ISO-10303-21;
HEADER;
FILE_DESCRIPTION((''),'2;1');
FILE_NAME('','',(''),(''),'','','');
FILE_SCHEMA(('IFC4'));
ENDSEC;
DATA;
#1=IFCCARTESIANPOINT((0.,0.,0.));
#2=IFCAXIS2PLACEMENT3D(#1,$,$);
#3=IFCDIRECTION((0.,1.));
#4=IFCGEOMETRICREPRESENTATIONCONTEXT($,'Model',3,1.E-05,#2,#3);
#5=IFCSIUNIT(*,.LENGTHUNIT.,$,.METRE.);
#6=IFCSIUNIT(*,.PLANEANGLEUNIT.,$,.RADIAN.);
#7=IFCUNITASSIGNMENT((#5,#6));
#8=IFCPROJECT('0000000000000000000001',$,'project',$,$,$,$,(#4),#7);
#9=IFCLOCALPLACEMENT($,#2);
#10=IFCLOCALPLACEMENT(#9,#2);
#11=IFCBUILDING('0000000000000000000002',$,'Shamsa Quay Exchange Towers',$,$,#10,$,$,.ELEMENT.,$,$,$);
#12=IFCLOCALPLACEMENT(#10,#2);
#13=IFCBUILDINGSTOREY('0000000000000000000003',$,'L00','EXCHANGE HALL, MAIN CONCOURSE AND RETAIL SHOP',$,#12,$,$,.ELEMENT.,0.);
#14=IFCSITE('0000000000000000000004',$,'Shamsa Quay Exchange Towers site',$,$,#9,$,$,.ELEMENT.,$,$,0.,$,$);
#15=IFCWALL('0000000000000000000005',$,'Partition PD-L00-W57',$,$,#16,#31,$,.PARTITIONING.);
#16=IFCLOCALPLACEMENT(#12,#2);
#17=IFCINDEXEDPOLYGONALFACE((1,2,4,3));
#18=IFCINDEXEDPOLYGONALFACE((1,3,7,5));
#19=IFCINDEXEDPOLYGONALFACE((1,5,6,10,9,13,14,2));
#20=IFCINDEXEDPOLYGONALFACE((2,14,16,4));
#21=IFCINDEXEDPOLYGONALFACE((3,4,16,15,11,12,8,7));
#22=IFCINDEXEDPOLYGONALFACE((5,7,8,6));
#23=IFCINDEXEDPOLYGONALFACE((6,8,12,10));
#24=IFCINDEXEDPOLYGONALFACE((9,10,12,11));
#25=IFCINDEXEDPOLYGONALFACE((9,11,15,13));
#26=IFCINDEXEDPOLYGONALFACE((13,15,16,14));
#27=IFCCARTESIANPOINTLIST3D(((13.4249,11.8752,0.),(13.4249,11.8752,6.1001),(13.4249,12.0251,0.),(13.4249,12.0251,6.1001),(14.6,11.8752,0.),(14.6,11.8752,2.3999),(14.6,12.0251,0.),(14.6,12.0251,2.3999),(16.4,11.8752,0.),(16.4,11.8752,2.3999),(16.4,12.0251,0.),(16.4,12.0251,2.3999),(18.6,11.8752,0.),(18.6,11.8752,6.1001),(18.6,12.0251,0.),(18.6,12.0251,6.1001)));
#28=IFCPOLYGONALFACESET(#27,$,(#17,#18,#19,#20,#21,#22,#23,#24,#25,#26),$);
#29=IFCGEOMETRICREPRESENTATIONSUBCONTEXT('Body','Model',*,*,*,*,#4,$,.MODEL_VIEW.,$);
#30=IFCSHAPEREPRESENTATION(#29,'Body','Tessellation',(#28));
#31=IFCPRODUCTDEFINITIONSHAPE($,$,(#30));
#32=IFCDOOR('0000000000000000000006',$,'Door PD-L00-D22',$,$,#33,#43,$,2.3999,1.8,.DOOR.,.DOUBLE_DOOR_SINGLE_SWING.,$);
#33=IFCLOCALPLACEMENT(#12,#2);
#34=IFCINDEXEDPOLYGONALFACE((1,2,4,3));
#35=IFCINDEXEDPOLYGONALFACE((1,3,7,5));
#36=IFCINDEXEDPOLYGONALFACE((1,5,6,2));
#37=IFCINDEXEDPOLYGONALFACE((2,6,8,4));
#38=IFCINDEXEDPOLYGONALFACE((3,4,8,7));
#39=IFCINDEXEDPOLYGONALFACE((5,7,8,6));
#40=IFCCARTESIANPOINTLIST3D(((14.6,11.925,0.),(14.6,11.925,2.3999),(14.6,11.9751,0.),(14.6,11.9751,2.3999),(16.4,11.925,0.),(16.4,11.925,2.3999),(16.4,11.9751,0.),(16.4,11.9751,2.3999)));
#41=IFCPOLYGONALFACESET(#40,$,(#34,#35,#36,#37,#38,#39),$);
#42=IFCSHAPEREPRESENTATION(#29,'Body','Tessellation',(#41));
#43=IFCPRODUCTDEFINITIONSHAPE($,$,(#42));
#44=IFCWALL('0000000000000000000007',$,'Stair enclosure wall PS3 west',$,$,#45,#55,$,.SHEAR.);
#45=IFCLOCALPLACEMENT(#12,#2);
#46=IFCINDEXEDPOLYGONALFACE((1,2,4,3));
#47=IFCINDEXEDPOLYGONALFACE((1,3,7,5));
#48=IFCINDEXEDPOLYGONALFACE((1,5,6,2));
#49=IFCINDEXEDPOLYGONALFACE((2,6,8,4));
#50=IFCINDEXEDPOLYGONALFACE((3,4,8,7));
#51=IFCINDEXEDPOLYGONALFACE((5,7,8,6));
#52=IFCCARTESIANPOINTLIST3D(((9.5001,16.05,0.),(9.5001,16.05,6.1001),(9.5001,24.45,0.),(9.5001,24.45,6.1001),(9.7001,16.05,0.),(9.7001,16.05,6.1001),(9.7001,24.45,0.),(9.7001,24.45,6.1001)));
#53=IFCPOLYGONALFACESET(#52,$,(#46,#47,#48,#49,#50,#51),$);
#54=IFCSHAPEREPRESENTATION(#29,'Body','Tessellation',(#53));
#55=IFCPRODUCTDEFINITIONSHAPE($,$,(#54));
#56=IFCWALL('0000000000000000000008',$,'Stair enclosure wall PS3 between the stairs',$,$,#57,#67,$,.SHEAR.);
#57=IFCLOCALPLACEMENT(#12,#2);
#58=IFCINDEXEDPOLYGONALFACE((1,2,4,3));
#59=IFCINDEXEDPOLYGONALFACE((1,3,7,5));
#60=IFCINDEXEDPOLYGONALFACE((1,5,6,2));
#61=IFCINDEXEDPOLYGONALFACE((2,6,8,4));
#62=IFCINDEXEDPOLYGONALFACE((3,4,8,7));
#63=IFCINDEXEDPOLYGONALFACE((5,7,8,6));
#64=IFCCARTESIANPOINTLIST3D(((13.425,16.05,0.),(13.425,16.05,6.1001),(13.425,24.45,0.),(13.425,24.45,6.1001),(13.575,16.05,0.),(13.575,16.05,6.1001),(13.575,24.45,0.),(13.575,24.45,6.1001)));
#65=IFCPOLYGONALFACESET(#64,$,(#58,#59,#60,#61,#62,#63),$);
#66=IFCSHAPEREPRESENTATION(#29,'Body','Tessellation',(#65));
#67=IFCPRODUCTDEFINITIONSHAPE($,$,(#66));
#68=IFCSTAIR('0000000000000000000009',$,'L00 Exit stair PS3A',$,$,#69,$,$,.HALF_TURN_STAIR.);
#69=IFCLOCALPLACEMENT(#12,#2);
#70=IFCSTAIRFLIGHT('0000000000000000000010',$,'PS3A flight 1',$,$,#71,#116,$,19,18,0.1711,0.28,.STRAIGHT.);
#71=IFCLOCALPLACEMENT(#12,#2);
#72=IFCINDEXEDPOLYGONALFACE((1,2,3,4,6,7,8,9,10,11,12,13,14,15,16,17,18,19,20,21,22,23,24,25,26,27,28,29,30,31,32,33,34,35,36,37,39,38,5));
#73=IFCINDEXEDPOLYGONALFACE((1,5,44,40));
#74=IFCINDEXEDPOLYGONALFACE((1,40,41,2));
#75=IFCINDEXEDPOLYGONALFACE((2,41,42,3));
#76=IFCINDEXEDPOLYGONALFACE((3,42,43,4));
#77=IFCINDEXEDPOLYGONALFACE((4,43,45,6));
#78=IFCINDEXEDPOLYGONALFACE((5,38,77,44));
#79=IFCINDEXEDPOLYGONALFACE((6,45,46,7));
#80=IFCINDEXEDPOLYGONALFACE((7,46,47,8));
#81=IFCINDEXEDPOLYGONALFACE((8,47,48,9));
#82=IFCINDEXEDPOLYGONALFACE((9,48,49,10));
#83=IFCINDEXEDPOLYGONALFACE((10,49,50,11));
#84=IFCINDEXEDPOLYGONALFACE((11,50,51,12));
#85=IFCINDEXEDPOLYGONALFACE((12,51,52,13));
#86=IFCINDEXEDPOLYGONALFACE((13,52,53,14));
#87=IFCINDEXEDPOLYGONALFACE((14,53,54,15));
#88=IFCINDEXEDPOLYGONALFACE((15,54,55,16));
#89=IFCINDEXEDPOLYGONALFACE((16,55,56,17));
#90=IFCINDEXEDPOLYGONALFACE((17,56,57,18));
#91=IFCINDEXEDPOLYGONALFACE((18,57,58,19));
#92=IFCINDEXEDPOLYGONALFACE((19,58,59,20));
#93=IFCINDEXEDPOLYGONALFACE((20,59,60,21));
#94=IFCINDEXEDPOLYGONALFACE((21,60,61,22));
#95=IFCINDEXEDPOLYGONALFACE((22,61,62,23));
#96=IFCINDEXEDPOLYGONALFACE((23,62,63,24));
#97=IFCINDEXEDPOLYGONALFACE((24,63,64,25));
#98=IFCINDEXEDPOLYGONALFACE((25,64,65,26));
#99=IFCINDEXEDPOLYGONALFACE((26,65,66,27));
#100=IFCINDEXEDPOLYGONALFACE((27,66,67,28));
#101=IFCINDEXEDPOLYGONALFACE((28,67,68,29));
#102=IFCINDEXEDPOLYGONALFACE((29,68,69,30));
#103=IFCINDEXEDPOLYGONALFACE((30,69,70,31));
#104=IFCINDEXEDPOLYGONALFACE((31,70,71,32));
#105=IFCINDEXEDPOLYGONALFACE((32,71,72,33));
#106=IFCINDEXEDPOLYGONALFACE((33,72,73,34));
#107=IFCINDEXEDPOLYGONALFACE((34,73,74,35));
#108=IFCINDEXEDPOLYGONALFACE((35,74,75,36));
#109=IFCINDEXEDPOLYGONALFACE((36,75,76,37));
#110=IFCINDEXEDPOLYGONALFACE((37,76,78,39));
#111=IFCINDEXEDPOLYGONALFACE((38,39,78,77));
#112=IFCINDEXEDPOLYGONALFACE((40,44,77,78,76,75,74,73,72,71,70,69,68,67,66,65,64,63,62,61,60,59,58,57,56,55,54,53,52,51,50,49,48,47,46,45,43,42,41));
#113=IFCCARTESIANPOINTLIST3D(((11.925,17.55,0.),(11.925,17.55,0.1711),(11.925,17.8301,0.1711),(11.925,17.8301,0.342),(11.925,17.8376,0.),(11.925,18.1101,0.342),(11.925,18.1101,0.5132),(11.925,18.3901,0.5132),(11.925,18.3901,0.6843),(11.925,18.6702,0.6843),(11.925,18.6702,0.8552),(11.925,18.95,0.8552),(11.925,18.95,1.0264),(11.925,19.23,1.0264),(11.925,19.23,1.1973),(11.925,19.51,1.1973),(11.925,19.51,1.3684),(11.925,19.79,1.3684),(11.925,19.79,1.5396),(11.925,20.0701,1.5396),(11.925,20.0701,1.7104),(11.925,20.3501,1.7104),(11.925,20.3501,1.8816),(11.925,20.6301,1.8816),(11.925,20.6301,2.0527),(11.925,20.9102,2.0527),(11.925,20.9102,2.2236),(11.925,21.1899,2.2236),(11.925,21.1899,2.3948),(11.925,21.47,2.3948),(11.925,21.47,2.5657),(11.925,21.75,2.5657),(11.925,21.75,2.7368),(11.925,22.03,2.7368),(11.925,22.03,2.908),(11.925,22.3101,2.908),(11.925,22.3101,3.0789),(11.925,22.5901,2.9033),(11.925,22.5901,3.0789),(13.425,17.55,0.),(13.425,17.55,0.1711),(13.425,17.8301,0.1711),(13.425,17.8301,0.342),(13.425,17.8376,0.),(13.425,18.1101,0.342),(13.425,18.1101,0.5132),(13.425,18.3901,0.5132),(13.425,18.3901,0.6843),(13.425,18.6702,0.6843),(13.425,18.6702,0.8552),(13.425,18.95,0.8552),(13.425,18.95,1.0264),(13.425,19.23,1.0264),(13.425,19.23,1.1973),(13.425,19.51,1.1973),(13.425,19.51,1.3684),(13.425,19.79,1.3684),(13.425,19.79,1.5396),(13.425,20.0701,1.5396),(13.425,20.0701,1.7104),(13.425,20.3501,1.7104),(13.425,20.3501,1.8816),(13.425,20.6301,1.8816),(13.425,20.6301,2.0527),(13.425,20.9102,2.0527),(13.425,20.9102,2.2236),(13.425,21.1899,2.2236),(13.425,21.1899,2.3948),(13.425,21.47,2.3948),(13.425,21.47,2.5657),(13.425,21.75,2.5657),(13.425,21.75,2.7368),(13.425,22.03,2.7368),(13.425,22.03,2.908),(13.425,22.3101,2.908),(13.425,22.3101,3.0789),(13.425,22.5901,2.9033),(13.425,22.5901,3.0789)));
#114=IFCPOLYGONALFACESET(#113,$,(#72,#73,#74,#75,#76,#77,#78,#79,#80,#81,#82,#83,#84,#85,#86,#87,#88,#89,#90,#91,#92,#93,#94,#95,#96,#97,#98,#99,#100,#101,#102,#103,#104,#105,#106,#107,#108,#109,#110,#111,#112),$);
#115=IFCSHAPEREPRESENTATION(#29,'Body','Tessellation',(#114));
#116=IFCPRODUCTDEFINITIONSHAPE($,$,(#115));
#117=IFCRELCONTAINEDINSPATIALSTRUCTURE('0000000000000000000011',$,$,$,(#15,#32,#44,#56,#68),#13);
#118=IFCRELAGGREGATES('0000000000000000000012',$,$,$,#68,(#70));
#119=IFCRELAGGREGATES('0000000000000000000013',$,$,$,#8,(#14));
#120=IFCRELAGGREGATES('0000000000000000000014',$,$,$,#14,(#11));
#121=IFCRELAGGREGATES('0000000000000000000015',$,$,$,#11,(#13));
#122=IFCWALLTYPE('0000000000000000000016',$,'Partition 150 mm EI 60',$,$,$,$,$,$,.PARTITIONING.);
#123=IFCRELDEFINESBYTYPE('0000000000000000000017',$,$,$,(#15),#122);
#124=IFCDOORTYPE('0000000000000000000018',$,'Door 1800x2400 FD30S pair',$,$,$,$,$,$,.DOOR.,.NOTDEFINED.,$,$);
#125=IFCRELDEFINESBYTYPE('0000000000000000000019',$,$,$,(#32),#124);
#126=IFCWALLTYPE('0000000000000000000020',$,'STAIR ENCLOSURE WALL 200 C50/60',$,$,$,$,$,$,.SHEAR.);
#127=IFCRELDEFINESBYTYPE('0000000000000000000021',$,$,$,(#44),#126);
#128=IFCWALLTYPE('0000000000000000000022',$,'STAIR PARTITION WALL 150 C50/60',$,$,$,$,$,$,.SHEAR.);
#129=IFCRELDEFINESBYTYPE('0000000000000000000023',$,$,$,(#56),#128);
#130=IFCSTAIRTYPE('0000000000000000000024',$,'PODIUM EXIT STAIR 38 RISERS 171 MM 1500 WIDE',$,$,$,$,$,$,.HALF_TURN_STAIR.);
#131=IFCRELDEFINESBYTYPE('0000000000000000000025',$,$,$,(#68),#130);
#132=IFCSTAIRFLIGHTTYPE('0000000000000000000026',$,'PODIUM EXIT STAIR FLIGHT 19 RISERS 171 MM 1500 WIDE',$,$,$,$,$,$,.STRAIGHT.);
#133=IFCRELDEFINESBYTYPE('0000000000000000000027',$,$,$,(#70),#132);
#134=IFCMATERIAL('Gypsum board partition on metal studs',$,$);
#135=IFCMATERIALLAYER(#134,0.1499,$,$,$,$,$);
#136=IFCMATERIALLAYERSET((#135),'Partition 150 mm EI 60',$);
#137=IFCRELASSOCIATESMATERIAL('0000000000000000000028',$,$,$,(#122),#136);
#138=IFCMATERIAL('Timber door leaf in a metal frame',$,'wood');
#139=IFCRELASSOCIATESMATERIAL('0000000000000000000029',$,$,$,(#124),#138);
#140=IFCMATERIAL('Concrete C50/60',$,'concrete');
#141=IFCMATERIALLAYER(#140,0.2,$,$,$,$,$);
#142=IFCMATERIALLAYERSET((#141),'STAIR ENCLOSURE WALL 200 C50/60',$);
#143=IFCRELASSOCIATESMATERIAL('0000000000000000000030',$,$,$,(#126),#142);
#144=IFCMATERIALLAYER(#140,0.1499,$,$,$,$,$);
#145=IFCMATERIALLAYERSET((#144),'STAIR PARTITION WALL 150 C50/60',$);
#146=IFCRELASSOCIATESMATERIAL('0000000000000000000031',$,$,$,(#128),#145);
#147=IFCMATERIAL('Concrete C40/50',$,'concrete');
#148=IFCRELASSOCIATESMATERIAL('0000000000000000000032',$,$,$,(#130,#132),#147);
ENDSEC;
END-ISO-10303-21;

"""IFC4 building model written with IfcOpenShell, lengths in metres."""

from ifc_helpers import new_model, si_unit, direction, frame, frame_2d, origin, place, context, subcontext, project, spatial, polyline, rectangle, outline, extrude, material, layer, layer_set, type_object, element, fill, aggregate, save


model = new_model("IFC4")

# Units and contexts
model_context = context("Model", 3, precision=1e-05, world=origin(), true_north=direction((0.0, 1.0)))
body_context = subcontext(model_context, "Body", "Model", "MODEL_VIEW")
ifc_project = project(units=[si_unit("LENGTHUNIT", "METRE"), si_unit("PLANEANGLEUNIT", "RADIAN")], contexts=[model_context])

# Site, building, storey
site_placement = place(None, origin())
site = spatial("IfcSite", under=ifc_project, at=site_placement, Name="Shamsa Quay Exchange Towers site", CompositionType="ELEMENT", RefElevation=0.0)
building_placement = place(site_placement, origin())
building = spatial("IfcBuilding", under=site, at=building_placement, Name="Shamsa Quay Exchange Towers", CompositionType="ELEMENT")
storey_placement = place(building_placement, origin())
storey = spatial("IfcBuildingStorey", under=building, at=storey_placement, Name="L00", Description="EXCHANGE HALL, MAIN CONCOURSE AND RETAIL SHOP", CompositionType="ELEMENT", Elevation=0.0)

# Shared definitions
ifc_material_1 = material(Name="Concrete C40/50", Category="concrete")

# Wall, opening, door
ifc_material_2 = material(Name="Gypsum board partition on metal studs")
ifc_layer_1 = layer(ifc_material_2, 0.1499)
ifc_layer_set_1 = layer_set([ifc_layer_1], Name="Partition 150 mm EI 60")
wall_type_1 = type_object("IfcWallType", Name="Partition 150 mm EI 60", PredefinedType="PARTITIONING", material=ifc_layer_set_1)
wall_1_placement = place(storey_placement, frame((13.425, 11.9502, 0.0)))
wall_1 = element("IfcWall", 1, at=wall_1_placement, inside=storey, type_object=wall_type_1, Name="Partition PD-L00-W57", PredefinedType="PARTITIONING", context=body_context, shape_type="SweptSolid", body=[
    extrude(rectangle(XDim=5.175, YDim=0.1499, at=frame_2d((2.5874, 0.0))), origin(), (0.0, 0.0, 1.0), 6.1001),
])
opening_1_placement = place(wall_1_placement, frame((1.175, 0.0, 0.0)))
opening_1 = element("IfcOpeningElement", 2, at=opening_1_placement, cuts=wall_1, PredefinedType="OPENING", context=body_context, shape_type="SweptSolid", body=[
    extrude(rectangle(XDim=1.8, YDim=2.3999, at=frame_2d((0.8999, 1.2))), frame((0.0, 0.085, 0.0), z_axis=(0.0, -1.0, 0.0), x_axis=(1.0, 0.0, 0.0)), (0.0, 0.0, 1.0), 0.1699),
])
ifc_material_3 = material(Name="Timber door leaf in a metal frame", Category="wood")
door_type_1 = type_object("IfcDoorType", Name="Door 1800x2400 FD30S pair", OperationType="NOTDEFINED", PredefinedType="DOOR", material=ifc_material_3)
door_1_placement = place(opening_1_placement, origin())
door_1 = element("IfcDoor", 3, at=door_1_placement, inside=storey, type_object=door_type_1, Name="Door PD-L00-D22", OperationType="DOUBLE_DOOR_SINGLE_SWING", OverallHeight=2.3999, OverallWidth=1.8, PredefinedType="DOOR", context=body_context, shape_type="SweptSolid", body=[
    extrude(rectangle(XDim=1.8, YDim=2.3999, at=frame_2d((0.8999, 1.2))), frame((0.0, 0.0249, 0.0), z_axis=(0.0, -1.0, 0.0), x_axis=(1.0, 0.0, 0.0)), (0.0, 0.0, 1.0), 0.05),
])
fill(opening_1, door_1)

# Shared definitions
ifc_material_4 = material(Name="Concrete C50/60", Category="concrete")
ifc_layer_2 = layer(ifc_material_4, 0.2)
ifc_layer_set_2 = layer_set([ifc_layer_2], Name="STAIR ENCLOSURE WALL 200 C50/60")
wall_type_2 = type_object("IfcWallType", Name="STAIR ENCLOSURE WALL 200 C50/60", PredefinedType="SHEAR", material=ifc_layer_set_2)

# Walls
wall_2_placement = place(storey_placement, frame((9.6001, 16.05, 0.0), z_axis=(0.0, 0.0, 1.0), x_axis=(0.0, 1.0, 0.0)))
element("IfcWall", 4, at=wall_2_placement, inside=storey, type_object=wall_type_2, Name="Stair enclosure wall PS3 west", PredefinedType="SHEAR", context=body_context, shape_type="SweptSolid", body=[
    extrude(rectangle(XDim=8.3999, YDim=0.2, at=frame_2d((4.2, 0.0))), origin(), (0.0, 0.0, 1.0), 6.1001),
])
ifc_layer_3 = layer(ifc_material_4, 0.1499)
ifc_layer_set_3 = layer_set([ifc_layer_3], Name="STAIR PARTITION WALL 150 C50/60")
wall_type_3 = type_object("IfcWallType", Name="STAIR PARTITION WALL 150 C50/60", PredefinedType="SHEAR", material=ifc_layer_set_3)
wall_3_placement = place(storey_placement, frame((13.5, 16.05, 0.0), z_axis=(0.0, 0.0, 1.0), x_axis=(0.0, 1.0, 0.0)))
element("IfcWall", 5, at=wall_3_placement, inside=storey, type_object=wall_type_3, Name="Stair enclosure wall PS3 between the stairs", PredefinedType="SHEAR", context=body_context, shape_type="SweptSolid", body=[
    extrude(rectangle(XDim=8.3999, YDim=0.1499, at=frame_2d((4.2, 0.0))), origin(), (0.0, 0.0, 1.0), 6.1001),
])

# Stair, stair flight
stair_type = type_object("IfcStairType", Name="PODIUM EXIT STAIR 38 RISERS 171 MM 1500 WIDE", PredefinedType="HALF_TURN_STAIR", material=ifc_material_1)
stair_placement = place(storey_placement, origin())
stair = element("IfcStair", 6, at=stair_placement, inside=storey, type_object=stair_type, Name="L00 Exit stair PS3A", PredefinedType="HALF_TURN_STAIR")
stair_flight_type = type_object("IfcStairFlightType", Name="PODIUM EXIT STAIR FLIGHT 19 RISERS 171 MM 1500 WIDE", PredefinedType="STRAIGHT", material=ifc_material_1)
stair_flight_placement = place(storey_placement, frame((12.675, 17.55, 0.0), z_axis=(0.0, 0.0, 1.0), x_axis=(0.0, 1.0, 0.0)))
stair_flight = element("IfcStairFlight", 7, at=stair_flight_placement, type_object=stair_flight_type, Name="PS3A flight 1", NumberOfRisers=19, NumberOfTreads=18, PredefinedType="STRAIGHT", RiserHeight=0.1711, TreadLength=0.28, context=body_context, shape_type="SweptSolid", body=[
    extrude(outline(polyline([(0.0, 0.0), (0.0, 0.1711), (0.28, 0.1711), (0.28, 0.342), (0.5601, 0.342), (0.5601, 0.5132), (0.8401, 0.5132), (0.8401, 0.6843), (1.1201, 0.6843), (1.1201, 0.8552), (1.3999, 0.8552), (1.3999, 1.0264), (1.6799, 1.0264), (1.6799, 1.1973), (1.96, 1.1973), (1.96, 1.3684), (2.24, 1.3684), (2.24, 1.5396), (2.52, 1.5396), (2.52, 1.7104), (2.8, 1.7104), (2.8, 1.8816), (3.0801, 1.8816), (3.0801, 2.0527), (3.3601, 2.0527), (3.3601, 2.2236), (3.6399, 2.2236), (3.6399, 2.3948), (3.9199, 2.3948), (3.9199, 2.5657), (4.2, 2.5657), (4.2, 2.7368), (4.48, 2.7368), (4.48, 2.908), (4.76, 2.908), (4.76, 3.0789), (5.04, 3.0789), (5.04, 3.25), (5.04, 2.9033), (0.2876, 0.0), (0.0, 0.0)])), frame((0.0, 0.75, 0.0), z_axis=(0.0, -1.0, 0.0), x_axis=(1.0, 0.0, 0.0)), (0.0, 0.0, 1.0), 1.5),
])
aggregate(stair, [stair_flight])

save(model, "model.ifc")
